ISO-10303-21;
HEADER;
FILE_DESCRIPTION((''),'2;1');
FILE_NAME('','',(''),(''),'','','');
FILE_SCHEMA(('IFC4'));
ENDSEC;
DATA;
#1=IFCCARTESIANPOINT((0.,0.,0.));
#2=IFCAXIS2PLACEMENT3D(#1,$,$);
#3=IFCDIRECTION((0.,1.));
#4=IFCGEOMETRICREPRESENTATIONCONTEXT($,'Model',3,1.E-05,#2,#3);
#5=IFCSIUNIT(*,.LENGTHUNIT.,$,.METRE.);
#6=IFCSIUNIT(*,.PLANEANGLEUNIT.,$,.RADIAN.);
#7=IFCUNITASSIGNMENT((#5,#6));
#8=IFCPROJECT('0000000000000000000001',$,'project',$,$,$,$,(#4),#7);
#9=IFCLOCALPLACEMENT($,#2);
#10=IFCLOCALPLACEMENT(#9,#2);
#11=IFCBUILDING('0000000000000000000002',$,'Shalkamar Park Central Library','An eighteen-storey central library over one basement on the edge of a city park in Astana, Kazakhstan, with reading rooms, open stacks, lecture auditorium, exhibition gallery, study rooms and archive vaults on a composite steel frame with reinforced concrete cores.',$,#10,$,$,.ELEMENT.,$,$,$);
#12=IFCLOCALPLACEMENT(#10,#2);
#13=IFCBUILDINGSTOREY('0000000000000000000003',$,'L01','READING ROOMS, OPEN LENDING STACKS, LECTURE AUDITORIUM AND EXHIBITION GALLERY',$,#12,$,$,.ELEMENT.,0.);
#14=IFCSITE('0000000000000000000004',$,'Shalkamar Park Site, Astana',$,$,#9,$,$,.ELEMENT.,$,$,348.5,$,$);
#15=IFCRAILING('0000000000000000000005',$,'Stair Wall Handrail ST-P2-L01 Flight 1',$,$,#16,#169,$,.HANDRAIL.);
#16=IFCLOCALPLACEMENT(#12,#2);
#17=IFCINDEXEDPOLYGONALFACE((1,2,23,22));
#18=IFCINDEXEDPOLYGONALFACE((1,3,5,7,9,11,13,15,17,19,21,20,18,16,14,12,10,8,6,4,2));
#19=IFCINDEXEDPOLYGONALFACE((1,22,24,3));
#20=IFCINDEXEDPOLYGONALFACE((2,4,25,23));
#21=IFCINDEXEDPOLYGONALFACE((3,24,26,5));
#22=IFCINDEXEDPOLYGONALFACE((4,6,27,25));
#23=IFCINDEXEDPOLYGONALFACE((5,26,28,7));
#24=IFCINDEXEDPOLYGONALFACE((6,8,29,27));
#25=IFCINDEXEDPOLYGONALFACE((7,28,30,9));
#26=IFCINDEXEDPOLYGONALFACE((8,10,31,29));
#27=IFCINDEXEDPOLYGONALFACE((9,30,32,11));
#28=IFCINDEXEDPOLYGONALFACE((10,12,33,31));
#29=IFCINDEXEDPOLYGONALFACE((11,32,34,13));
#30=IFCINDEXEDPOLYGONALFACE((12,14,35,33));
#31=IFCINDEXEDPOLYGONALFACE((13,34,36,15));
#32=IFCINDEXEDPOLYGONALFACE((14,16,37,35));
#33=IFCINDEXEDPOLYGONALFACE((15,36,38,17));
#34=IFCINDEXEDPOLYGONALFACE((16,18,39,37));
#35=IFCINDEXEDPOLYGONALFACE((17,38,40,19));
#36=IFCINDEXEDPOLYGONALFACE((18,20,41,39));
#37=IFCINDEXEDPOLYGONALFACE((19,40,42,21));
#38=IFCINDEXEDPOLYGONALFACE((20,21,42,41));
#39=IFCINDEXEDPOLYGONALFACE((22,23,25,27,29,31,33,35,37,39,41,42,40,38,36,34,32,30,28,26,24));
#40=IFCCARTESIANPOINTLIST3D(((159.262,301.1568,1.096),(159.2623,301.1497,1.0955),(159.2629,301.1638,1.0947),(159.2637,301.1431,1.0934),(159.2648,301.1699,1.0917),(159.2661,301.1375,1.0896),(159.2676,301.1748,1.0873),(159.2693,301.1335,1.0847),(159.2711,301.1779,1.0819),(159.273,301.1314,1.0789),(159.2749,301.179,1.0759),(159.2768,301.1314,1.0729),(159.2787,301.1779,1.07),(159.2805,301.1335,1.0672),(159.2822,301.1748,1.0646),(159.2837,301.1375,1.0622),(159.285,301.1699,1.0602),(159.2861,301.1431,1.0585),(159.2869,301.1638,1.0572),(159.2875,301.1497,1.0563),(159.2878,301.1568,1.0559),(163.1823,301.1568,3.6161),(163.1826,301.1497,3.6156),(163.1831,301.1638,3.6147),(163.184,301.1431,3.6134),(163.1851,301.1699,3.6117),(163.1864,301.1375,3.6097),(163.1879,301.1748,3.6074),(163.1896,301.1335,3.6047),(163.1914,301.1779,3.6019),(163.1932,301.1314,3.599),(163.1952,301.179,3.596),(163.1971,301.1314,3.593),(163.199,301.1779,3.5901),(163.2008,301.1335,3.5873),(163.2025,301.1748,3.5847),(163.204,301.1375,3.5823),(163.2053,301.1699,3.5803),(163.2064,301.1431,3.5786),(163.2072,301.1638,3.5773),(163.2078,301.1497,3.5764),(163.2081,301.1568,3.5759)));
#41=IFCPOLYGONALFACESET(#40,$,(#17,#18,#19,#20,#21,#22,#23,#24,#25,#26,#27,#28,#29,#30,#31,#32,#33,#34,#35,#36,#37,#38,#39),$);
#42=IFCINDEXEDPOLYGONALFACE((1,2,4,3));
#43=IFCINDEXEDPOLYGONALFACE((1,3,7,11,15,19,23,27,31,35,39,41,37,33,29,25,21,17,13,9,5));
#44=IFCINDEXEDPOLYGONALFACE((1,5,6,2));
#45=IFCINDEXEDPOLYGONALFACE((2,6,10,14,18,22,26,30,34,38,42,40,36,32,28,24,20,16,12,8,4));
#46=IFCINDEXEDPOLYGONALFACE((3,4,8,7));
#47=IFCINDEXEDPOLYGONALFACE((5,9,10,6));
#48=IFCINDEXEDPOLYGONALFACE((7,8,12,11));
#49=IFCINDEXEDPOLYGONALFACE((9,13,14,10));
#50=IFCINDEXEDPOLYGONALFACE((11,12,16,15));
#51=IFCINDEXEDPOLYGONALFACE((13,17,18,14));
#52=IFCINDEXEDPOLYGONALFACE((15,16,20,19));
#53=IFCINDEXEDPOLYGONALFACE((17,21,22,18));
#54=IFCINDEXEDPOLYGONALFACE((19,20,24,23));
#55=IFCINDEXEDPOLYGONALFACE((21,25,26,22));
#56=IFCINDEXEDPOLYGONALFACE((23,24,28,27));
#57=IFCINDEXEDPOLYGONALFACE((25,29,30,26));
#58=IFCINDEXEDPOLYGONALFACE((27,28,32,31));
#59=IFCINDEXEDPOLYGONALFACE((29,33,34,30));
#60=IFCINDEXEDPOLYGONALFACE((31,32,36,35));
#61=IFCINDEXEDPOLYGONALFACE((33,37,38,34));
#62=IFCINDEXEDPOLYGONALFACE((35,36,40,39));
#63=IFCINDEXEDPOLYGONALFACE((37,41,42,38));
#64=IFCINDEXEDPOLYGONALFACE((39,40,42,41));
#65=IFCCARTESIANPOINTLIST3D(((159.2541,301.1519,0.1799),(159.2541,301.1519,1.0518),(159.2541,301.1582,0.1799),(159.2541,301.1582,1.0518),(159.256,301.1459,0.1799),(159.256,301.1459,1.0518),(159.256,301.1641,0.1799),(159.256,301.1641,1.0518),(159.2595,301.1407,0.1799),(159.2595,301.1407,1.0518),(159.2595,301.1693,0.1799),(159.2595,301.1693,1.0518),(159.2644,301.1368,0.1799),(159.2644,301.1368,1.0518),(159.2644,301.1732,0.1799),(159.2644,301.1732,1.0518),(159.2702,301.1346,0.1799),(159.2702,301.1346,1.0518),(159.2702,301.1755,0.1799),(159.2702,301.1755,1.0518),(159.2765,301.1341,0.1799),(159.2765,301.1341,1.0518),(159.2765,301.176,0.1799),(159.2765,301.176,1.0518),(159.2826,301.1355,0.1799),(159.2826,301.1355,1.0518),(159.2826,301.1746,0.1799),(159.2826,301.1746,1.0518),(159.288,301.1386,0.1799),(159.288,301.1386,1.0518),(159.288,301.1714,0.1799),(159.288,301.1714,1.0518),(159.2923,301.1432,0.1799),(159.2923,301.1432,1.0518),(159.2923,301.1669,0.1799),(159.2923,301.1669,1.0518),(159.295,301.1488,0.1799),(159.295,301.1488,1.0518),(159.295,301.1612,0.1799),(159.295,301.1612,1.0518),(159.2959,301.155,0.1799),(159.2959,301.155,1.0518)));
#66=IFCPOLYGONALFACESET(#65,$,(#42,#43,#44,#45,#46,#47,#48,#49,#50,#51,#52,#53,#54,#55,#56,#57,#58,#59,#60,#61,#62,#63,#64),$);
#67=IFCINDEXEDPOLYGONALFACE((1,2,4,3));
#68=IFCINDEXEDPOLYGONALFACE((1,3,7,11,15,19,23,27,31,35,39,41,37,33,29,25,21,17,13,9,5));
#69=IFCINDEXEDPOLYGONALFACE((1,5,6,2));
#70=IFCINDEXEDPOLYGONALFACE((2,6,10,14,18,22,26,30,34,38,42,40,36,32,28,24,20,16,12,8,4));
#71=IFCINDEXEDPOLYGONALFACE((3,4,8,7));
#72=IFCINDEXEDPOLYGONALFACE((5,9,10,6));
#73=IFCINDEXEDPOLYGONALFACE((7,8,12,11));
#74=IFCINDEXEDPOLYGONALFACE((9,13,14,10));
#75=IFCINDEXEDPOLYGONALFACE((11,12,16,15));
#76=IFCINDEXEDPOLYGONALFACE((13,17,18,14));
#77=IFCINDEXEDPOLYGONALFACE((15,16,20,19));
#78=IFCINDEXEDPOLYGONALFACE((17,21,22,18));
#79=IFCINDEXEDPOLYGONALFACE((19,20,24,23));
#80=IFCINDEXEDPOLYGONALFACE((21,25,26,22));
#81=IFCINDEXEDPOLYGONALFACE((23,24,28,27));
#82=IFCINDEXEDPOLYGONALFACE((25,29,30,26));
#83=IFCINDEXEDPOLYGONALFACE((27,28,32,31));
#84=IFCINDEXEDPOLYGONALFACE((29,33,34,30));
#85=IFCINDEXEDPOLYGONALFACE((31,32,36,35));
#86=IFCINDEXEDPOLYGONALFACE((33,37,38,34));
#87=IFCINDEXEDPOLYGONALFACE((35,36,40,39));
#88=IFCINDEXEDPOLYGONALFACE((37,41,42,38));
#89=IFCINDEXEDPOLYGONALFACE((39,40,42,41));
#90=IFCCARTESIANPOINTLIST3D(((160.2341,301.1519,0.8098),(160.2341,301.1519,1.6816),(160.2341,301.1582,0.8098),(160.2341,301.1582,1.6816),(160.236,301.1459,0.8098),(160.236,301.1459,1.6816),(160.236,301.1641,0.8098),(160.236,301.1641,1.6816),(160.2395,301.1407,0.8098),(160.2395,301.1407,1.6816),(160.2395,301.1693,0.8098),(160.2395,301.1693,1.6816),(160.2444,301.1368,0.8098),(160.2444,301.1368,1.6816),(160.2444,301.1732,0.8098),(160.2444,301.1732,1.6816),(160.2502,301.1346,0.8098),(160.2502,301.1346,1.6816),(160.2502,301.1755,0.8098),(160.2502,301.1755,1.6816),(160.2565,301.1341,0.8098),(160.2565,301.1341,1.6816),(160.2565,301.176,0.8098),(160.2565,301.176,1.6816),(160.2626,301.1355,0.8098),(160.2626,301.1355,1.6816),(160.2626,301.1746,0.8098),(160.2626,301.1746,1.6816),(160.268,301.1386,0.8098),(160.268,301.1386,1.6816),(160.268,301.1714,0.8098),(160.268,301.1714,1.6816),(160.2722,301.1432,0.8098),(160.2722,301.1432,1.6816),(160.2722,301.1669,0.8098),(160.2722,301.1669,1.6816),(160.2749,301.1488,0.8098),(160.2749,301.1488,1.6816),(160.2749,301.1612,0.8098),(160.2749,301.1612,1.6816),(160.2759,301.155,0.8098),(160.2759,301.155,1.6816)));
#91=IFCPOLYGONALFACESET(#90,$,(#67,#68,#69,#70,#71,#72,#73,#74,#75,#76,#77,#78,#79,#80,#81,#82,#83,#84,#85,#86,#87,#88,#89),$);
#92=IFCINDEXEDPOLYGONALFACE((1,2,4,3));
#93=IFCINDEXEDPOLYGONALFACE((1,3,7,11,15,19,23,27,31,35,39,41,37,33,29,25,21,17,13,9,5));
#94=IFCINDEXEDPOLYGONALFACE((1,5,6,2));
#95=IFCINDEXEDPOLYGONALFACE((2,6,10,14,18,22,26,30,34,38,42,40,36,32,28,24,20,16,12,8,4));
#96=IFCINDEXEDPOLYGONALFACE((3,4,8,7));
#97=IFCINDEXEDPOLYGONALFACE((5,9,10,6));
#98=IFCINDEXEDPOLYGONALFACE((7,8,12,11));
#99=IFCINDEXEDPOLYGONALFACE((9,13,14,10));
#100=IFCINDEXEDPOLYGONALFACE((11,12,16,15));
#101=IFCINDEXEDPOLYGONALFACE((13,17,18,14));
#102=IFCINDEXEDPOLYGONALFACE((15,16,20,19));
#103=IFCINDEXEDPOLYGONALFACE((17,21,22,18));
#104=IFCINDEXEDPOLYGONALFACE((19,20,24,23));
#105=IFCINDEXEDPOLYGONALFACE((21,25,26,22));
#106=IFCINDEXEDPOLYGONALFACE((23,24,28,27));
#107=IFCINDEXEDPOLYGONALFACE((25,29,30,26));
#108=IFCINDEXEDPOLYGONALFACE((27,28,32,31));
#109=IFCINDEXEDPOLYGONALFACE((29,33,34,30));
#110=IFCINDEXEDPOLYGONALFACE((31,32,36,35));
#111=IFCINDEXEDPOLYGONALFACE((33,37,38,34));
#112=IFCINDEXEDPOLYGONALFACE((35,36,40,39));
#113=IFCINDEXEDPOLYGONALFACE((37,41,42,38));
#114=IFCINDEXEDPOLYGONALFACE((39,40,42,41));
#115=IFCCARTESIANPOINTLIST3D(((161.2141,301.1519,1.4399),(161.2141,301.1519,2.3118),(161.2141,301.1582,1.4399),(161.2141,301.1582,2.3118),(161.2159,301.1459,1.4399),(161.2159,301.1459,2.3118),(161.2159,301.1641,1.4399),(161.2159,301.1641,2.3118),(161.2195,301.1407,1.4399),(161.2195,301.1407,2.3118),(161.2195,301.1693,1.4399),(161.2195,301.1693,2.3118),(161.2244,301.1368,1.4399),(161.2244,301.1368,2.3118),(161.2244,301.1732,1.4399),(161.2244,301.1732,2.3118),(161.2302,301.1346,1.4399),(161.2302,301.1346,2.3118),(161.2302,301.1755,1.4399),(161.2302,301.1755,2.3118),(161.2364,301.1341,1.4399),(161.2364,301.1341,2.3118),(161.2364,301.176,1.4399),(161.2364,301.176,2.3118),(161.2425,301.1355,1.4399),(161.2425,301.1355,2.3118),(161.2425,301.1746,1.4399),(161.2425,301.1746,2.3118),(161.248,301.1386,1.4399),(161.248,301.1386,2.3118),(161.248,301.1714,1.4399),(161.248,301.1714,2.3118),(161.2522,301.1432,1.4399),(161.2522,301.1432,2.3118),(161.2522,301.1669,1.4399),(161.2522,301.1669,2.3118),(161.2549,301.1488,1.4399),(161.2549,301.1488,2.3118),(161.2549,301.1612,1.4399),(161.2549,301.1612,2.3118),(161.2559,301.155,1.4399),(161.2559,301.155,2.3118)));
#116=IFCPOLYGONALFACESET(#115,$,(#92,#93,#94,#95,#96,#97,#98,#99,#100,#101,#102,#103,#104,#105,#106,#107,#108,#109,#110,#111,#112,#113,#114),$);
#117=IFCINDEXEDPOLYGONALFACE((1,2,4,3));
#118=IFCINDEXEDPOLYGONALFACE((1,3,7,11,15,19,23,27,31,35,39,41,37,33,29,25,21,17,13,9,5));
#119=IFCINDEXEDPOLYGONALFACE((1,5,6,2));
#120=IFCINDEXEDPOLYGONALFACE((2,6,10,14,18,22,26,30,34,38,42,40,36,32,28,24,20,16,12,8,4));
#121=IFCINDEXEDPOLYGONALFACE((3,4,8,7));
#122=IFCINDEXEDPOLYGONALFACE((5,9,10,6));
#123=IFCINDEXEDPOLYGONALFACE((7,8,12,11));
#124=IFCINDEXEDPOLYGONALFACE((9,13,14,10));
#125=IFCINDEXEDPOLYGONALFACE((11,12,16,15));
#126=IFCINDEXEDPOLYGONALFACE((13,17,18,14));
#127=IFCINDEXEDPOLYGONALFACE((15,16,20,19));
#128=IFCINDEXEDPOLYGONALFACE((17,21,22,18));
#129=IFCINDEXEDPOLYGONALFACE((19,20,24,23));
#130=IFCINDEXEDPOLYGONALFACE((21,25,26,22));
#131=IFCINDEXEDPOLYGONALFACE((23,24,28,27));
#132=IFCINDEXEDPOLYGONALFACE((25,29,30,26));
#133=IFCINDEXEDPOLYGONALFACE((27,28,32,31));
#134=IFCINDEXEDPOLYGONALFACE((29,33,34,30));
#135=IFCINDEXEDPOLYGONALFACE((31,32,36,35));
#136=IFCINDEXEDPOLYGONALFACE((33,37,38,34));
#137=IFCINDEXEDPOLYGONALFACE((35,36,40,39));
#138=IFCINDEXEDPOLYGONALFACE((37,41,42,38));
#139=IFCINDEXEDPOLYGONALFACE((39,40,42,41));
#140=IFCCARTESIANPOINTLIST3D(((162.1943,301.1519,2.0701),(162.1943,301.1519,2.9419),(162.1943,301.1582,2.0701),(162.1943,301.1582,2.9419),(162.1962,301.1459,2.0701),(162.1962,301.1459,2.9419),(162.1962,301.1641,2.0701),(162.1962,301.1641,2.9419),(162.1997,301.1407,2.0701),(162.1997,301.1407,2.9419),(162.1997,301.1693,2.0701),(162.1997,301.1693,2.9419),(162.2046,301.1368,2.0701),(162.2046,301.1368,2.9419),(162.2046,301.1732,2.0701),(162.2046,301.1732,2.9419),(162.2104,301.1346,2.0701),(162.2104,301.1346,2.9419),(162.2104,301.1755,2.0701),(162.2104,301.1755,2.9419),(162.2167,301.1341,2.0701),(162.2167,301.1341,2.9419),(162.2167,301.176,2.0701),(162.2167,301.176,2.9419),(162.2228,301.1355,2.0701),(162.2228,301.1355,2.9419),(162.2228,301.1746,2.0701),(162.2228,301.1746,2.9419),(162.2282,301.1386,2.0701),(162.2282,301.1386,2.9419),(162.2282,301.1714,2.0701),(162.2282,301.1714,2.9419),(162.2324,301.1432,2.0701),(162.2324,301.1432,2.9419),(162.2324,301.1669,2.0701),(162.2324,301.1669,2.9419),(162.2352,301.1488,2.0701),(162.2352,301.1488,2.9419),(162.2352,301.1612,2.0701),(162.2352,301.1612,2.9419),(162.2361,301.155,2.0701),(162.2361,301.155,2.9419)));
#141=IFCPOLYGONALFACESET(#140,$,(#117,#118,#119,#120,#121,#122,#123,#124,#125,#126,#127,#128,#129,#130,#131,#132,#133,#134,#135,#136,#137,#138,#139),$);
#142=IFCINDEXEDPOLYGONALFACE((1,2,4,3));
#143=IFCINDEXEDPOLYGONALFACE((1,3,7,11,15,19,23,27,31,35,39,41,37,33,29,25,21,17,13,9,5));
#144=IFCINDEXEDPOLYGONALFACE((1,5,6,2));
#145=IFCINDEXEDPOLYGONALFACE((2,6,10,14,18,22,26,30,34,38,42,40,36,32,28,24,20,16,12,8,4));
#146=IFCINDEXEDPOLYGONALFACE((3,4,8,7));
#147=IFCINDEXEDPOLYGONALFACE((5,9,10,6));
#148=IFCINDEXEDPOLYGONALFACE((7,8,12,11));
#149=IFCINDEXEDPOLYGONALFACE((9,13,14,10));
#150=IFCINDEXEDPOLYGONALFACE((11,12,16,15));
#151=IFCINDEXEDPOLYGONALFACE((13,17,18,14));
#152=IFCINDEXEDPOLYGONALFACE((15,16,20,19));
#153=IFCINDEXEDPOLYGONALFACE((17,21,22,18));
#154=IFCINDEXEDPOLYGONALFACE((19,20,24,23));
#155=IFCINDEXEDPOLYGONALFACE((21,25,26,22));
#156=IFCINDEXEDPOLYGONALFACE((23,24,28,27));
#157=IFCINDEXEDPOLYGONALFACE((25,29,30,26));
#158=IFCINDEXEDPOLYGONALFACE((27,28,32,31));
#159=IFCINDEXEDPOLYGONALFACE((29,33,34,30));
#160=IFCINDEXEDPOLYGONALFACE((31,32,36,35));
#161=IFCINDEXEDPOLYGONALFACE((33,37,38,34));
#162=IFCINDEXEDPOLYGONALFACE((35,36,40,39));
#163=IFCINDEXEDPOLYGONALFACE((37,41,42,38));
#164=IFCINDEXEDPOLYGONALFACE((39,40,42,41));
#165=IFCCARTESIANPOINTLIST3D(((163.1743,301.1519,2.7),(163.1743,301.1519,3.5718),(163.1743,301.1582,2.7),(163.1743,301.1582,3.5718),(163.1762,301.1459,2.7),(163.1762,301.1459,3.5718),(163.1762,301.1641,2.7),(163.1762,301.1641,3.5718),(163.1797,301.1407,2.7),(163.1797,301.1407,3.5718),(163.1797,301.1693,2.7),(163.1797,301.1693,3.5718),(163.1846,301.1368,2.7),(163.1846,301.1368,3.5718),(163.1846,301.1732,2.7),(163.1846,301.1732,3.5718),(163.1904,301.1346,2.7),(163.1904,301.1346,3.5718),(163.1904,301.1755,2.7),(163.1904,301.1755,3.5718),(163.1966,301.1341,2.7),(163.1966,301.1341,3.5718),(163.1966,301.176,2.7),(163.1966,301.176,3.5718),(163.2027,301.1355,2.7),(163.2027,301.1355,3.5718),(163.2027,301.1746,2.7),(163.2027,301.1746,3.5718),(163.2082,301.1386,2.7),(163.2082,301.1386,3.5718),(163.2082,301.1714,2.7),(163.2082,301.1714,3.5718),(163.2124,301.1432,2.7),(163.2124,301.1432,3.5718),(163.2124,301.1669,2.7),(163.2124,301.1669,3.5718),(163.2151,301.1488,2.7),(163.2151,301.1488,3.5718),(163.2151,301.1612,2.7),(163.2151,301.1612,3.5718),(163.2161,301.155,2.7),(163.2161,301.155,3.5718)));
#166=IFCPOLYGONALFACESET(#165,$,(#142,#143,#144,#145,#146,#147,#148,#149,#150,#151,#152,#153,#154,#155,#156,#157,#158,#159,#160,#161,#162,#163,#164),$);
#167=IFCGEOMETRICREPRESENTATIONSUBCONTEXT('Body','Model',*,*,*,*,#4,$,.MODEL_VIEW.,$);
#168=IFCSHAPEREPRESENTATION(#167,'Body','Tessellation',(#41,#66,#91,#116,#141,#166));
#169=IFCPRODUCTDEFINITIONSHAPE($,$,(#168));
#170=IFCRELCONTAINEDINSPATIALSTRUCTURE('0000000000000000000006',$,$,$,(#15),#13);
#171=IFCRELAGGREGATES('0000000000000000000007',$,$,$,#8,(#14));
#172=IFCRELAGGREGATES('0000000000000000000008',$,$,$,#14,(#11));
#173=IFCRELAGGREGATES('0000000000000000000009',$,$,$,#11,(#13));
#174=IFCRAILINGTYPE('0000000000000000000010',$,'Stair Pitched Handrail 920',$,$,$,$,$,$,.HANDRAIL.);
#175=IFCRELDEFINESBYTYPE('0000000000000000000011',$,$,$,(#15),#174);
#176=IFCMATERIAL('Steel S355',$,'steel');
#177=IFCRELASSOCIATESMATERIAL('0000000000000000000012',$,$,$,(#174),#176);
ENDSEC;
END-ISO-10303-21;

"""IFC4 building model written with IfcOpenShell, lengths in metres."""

from ifc_helpers import new_model, si_unit, direction, frame, origin, origin_2d, place, context, subcontext, project, spatial, circle, extrude, material, type_object, element, save


model = new_model("IFC4")

# Units and contexts
model_context = context("Model", 3, precision=1e-05, world=origin(), true_north=direction((0.0, 1.0)))
body_context = subcontext(model_context, "Body", "Model", "MODEL_VIEW")
ifc_project = project(units=[si_unit("LENGTHUNIT", "METRE"), si_unit("PLANEANGLEUNIT", "RADIAN")], contexts=[model_context])

# Site, building, storey
site_placement = place(None, origin())
site = spatial("IfcSite", under=ifc_project, at=site_placement, Name="Shalkamar Park Site, Astana", CompositionType="ELEMENT", RefElevation=348.5)
building_placement = place(site_placement, origin())
building = spatial("IfcBuilding", under=site, at=building_placement, Name="Shalkamar Park Central Library", Description="An eighteen-storey central library over one basement on the edge of a city park in Astana, Kazakhstan, with reading rooms, open stacks, lecture auditorium, exhibition gallery, study rooms and archive vaults on a composite steel frame with reinforced concrete cores.", CompositionType="ELEMENT")
storey_placement = place(building_placement, origin())
storey = spatial("IfcBuildingStorey", under=building, at=storey_placement, Name="L01", Description="READING ROOMS, OPEN LENDING STACKS, LECTURE AUDITORIUM AND EXHIBITION GALLERY", CompositionType="ELEMENT", Elevation=0.0)

# Shared definitions
ifc_material_1 = material(Name="Steel S355", Category="steel")

# Railing
railing_type_1 = type_object("IfcRailingType", Name="Stair Pitched Handrail 920", PredefinedType="HANDRAIL", material=ifc_material_1)
railing_1_placement = place(storey_placement, frame((159.2749, 301.155, 0.1799)))
element("IfcRailing", 1, at=railing_1_placement, inside=storey, type_object=railing_type_1, Name="Stair Wall Handrail ST-P2-L01 Flight 1", PredefinedType="HANDRAIL", context=body_context, shape_type="SweptSolid", body=[
    extrude(circle(Radius=0.0239, at=origin_2d()), frame((0.0, 0.0, 0.896), z_axis=(0.841187, 0.0, 0.540744), x_axis=(0.0, 1.0, 0.0)), (0.0, 0.0, 1.0), 4.6604),
    extrude(circle(Radius=0.021, at=origin_2d()), origin(), (0.0, 0.0, 1.0), 0.8718),
    extrude(circle(Radius=0.021, at=origin_2d()), frame((0.98, 0.0, 0.6299)), (0.0, 0.0, 1.0), 0.8718),
    extrude(circle(Radius=0.021, at=origin_2d()), frame((1.96, 0.0, 1.26)), (0.0, 0.0, 1.0), 0.8718),
    extrude(circle(Radius=0.021, at=origin_2d()), frame((2.9402, 0.0, 1.8901)), (0.0, 0.0, 1.0), 0.8718),
    extrude(circle(Radius=0.021, at=origin_2d()), frame((3.9202, 0.0, 2.52)), (0.0, 0.0, 1.0), 0.8718),
])

save(model, "model.ifc")
